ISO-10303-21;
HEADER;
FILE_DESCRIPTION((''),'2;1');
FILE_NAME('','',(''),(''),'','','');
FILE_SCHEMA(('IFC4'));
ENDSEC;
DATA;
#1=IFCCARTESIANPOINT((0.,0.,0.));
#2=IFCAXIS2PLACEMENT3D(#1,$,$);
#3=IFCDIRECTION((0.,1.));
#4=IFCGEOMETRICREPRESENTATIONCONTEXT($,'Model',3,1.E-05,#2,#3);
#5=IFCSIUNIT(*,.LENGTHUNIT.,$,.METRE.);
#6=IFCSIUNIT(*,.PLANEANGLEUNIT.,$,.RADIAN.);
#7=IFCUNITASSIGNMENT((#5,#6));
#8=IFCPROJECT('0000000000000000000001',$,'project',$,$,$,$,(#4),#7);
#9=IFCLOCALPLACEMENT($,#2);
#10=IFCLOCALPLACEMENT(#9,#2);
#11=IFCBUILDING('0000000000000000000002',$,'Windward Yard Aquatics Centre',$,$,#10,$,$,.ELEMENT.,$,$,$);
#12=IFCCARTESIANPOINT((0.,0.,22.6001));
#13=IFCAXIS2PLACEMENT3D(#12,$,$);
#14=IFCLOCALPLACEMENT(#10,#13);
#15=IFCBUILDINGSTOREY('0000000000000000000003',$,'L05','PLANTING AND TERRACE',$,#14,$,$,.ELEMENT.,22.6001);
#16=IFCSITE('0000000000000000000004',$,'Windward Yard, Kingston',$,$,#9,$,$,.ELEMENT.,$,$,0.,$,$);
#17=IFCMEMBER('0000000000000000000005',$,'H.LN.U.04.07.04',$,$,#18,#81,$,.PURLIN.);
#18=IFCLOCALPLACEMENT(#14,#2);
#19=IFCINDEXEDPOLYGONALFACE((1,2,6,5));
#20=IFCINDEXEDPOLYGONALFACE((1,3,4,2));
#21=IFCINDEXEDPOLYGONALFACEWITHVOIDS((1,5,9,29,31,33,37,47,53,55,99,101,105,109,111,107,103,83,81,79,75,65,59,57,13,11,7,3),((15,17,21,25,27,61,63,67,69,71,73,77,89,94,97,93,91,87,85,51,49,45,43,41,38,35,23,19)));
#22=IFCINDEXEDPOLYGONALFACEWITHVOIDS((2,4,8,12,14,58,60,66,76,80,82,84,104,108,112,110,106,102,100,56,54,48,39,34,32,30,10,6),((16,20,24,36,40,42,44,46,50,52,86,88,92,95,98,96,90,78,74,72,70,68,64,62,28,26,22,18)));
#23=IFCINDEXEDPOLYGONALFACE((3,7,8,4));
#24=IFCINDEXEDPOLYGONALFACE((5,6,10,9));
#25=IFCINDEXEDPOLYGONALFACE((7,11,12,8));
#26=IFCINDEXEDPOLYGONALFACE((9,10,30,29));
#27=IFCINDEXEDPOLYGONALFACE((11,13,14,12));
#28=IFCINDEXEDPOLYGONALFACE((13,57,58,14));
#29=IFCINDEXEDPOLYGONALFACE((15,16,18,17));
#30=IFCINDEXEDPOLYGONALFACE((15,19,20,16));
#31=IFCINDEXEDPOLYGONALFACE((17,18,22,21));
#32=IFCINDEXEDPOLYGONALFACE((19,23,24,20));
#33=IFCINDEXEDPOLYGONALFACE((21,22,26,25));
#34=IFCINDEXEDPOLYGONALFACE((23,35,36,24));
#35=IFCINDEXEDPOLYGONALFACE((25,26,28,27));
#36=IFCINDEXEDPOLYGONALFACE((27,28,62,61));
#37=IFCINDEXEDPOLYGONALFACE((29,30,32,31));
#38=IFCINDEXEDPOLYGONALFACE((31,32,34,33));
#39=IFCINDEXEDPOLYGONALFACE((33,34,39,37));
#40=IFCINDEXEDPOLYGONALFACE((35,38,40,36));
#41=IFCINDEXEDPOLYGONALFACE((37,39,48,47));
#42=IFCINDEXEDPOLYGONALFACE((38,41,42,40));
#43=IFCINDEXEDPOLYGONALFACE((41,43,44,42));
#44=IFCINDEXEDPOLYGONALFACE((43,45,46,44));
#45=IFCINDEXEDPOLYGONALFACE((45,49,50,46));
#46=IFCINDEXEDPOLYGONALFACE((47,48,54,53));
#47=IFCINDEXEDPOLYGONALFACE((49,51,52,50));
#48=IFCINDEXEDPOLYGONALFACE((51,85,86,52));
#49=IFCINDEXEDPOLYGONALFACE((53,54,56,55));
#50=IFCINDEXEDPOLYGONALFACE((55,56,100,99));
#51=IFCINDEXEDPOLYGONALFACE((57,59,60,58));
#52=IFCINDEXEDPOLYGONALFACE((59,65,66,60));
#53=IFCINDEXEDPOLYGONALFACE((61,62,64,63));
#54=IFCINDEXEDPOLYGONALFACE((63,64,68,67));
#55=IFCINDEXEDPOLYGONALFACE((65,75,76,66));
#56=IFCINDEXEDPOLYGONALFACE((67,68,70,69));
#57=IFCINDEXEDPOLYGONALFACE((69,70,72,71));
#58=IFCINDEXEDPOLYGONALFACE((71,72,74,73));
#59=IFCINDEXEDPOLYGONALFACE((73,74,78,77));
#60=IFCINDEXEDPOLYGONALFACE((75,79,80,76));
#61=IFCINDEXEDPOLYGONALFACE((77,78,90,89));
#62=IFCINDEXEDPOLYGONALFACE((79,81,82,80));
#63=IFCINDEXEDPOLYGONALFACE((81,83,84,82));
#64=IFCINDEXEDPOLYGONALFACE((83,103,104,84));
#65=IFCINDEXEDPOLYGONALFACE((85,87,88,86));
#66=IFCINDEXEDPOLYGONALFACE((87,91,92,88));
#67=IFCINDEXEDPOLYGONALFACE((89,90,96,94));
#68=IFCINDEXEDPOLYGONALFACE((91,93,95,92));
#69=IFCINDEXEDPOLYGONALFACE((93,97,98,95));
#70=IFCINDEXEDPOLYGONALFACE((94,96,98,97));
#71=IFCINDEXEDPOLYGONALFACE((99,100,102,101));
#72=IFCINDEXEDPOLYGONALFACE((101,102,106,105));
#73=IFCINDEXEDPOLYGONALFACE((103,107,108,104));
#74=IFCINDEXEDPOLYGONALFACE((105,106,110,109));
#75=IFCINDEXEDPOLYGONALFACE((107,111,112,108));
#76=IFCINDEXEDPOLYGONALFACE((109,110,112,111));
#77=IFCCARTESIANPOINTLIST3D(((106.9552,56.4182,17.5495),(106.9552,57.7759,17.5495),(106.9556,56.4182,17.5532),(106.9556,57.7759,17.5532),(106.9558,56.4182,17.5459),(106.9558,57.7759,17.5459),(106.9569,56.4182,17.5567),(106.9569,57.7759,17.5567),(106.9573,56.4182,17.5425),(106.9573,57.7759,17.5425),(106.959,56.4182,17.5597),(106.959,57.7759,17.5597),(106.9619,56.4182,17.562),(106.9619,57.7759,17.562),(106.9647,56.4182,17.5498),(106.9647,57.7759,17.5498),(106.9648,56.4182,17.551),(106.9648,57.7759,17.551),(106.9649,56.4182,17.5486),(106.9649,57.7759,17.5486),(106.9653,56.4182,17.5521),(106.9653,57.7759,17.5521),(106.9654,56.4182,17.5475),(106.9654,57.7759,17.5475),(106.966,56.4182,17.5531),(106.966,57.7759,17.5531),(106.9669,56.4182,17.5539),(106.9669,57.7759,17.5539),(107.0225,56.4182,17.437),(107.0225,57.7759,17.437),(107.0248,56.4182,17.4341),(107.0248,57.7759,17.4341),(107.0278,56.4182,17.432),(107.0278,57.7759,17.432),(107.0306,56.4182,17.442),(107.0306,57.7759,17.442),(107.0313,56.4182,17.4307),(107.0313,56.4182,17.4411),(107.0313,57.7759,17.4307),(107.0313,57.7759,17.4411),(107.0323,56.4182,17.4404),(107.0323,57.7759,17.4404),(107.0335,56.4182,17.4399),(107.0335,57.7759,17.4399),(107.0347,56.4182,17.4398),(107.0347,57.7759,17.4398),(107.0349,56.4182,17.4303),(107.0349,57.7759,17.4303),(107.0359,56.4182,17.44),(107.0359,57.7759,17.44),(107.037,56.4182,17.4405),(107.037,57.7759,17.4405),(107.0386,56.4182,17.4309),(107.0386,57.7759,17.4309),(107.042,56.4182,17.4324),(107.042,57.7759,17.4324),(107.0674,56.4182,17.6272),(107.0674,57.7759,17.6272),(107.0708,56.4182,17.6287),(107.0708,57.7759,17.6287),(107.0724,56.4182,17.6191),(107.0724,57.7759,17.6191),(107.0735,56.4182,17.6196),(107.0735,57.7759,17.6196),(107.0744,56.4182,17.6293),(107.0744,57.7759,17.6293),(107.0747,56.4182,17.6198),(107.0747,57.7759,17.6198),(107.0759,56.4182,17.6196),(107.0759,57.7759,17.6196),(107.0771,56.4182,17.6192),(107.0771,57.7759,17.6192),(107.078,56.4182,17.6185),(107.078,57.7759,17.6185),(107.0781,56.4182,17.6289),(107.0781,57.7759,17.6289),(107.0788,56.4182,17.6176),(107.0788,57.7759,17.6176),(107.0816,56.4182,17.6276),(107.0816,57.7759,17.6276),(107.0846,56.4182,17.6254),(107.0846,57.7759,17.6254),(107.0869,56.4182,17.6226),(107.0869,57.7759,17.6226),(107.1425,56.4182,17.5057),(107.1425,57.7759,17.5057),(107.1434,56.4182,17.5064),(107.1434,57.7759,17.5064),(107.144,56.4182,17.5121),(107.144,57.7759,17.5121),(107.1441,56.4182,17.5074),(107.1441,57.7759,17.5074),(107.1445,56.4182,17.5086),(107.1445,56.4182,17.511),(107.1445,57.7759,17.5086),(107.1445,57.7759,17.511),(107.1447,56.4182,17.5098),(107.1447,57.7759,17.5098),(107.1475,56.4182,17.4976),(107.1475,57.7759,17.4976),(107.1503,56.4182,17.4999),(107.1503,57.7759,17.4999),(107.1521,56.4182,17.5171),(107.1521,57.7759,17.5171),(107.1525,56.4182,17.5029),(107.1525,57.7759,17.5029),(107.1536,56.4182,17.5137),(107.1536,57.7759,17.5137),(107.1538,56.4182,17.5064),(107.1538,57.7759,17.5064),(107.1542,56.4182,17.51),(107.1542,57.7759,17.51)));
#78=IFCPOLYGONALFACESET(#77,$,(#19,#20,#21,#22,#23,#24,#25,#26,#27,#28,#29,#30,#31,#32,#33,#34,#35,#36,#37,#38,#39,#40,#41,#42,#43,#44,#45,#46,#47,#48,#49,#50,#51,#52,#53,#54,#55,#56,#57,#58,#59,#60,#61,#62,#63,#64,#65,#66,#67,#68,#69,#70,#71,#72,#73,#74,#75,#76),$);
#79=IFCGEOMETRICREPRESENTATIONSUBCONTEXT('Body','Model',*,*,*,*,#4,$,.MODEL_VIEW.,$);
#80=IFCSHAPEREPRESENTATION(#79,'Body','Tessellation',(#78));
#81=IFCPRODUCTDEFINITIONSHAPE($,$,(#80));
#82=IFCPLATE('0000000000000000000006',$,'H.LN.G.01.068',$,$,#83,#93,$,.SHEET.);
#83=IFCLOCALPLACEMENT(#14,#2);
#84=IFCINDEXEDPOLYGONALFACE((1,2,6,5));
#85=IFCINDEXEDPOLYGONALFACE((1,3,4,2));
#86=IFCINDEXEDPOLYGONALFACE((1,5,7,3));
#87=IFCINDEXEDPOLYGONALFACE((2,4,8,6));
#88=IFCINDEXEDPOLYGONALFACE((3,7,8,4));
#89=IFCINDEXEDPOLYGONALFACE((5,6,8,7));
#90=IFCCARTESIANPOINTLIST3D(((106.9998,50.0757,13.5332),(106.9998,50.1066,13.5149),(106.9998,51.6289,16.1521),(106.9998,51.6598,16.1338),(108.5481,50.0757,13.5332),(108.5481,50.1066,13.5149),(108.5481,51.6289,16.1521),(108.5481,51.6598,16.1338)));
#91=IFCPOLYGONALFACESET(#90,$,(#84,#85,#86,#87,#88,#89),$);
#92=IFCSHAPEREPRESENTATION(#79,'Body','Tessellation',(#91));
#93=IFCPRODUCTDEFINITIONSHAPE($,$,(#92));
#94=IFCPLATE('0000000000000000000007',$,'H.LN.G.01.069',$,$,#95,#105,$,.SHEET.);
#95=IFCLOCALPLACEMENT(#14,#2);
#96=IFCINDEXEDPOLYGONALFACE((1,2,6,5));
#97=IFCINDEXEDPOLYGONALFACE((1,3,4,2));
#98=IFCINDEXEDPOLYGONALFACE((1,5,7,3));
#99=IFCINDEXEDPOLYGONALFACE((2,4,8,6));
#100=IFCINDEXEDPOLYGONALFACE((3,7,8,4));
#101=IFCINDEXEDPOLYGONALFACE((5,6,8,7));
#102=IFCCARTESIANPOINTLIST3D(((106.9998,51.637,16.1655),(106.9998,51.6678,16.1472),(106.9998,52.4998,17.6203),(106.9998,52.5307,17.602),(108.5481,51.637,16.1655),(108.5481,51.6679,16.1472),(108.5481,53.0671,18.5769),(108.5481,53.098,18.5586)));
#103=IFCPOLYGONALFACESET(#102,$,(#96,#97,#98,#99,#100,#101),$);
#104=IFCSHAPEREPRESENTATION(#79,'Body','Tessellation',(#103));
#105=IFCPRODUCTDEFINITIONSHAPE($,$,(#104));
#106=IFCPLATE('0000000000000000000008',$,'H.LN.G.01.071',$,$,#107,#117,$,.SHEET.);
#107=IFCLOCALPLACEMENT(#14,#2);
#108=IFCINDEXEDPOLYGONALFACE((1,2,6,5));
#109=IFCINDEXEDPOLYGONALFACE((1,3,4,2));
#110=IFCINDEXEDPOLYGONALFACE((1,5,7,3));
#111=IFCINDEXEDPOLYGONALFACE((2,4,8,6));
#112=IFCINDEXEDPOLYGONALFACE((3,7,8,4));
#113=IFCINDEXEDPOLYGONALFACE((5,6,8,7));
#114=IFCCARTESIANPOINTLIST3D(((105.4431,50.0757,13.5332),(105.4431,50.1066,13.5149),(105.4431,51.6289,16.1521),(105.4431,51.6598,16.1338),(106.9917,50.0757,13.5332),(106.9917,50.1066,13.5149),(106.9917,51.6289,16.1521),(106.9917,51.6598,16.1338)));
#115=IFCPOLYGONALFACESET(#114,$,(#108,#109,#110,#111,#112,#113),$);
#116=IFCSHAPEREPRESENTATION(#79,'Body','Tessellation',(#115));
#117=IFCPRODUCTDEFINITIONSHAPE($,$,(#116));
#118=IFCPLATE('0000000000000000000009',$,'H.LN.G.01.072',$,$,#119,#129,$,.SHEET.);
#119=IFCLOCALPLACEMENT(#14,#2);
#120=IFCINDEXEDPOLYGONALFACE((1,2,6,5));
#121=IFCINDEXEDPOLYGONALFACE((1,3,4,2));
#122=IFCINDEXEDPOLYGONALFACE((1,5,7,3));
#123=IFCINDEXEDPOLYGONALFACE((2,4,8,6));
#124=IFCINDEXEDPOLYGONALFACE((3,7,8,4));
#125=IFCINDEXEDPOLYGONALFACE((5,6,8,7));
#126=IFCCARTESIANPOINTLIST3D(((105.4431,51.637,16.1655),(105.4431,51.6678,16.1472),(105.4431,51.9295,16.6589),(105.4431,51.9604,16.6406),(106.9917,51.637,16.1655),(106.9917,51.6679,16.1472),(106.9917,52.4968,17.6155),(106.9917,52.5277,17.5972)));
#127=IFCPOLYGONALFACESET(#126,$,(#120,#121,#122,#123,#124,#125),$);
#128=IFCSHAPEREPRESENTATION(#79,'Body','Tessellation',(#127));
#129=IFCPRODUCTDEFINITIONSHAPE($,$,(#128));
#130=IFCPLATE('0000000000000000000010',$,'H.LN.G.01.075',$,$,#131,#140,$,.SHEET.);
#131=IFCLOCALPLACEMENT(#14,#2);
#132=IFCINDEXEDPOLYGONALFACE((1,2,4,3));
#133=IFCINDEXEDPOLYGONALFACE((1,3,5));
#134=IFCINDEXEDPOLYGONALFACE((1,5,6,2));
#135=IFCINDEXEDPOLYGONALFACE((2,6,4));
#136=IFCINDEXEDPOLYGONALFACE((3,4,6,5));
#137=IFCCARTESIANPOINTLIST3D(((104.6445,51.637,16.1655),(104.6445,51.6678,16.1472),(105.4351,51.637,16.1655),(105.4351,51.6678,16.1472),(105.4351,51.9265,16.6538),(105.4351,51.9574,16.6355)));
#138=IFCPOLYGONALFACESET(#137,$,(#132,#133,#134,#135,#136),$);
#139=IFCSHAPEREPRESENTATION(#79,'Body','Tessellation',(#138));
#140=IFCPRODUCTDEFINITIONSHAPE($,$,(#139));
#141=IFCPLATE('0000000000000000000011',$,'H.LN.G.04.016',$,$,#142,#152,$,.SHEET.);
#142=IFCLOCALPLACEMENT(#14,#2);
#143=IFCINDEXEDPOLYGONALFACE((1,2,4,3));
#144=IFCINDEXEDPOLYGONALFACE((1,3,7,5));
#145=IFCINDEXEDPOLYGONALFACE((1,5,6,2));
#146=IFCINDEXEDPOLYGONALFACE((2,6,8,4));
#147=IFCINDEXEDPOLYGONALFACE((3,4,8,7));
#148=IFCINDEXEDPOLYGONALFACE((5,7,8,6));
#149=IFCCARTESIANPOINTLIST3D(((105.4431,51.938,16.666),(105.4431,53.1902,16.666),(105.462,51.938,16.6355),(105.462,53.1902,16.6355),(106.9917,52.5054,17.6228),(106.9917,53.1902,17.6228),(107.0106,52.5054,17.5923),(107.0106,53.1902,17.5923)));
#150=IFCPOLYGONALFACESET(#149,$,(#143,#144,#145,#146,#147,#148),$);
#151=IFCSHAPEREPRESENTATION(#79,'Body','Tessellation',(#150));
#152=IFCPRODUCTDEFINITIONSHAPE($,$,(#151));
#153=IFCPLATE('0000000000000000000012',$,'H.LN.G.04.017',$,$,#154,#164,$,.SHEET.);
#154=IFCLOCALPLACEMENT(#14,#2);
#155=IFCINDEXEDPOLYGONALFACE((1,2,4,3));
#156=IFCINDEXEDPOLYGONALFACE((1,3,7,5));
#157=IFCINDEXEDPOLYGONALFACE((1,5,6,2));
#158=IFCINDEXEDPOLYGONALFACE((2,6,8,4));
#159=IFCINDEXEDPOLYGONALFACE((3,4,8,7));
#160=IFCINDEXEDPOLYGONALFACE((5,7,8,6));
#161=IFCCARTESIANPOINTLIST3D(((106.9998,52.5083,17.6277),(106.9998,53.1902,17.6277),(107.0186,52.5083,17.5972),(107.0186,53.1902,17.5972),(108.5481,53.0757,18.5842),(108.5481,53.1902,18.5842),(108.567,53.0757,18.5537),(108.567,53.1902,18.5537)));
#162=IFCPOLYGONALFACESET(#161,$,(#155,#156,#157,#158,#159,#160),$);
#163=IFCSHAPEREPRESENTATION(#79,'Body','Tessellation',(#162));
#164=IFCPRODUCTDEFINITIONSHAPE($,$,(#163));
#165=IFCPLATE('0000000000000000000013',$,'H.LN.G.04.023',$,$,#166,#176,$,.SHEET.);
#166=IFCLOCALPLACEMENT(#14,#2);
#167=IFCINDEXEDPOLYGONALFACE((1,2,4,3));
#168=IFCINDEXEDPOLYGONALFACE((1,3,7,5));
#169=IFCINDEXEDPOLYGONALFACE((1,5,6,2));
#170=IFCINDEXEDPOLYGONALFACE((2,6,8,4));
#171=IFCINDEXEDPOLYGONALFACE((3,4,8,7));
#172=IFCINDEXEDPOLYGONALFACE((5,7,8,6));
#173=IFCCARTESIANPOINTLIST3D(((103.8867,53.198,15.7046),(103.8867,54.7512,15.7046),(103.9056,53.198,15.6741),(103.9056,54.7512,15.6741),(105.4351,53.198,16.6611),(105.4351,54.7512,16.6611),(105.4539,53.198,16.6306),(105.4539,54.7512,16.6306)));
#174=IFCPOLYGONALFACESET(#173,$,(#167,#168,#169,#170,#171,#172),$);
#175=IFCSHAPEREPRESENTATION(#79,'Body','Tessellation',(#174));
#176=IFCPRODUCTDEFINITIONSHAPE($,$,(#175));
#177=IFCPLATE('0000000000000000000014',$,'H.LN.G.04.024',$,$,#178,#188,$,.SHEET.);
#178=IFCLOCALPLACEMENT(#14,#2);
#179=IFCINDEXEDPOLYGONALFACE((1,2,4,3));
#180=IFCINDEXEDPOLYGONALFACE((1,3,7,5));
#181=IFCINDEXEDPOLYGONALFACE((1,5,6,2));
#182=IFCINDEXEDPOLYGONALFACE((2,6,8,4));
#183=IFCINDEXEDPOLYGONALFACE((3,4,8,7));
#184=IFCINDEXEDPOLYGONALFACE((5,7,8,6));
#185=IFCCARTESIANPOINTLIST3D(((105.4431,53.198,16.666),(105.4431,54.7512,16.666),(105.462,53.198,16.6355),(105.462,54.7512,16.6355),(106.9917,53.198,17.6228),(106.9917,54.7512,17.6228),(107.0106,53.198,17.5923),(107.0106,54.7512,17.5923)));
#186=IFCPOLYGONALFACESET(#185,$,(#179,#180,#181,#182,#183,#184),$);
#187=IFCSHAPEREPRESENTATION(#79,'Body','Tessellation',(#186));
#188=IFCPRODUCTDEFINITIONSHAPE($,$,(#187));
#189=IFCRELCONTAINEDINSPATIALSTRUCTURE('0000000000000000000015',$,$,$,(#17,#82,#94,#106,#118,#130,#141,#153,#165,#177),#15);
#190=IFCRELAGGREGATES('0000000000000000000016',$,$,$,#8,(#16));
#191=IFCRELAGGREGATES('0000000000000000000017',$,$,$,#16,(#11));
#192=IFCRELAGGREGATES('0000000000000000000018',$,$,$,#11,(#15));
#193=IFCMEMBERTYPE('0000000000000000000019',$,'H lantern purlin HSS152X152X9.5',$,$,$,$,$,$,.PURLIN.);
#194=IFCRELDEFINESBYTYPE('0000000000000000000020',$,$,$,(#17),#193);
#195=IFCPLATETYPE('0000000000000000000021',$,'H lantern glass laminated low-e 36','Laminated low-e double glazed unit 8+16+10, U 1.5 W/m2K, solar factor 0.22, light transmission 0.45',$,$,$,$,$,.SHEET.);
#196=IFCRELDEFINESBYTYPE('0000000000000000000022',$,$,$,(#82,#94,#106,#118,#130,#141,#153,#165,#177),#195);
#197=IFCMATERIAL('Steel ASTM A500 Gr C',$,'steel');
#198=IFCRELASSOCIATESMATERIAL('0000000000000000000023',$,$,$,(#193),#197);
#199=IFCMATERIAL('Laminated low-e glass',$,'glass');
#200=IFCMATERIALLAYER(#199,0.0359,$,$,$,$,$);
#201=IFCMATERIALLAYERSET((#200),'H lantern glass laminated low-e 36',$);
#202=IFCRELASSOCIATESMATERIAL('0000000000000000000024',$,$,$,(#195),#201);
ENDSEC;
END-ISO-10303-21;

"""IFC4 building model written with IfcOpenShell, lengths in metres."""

from ifc_helpers import new_model, si_unit, direction, frame, origin, origin_2d, place, context, subcontext, project, spatial, polyline, hollow_rectangle, outline, extrude, material, layer, layer_set, material_profile, profile_set, type_object, element, save


model = new_model("IFC4")

# Units and contexts
model_context = context("Model", 3, precision=1e-05, world=origin(), true_north=direction((0.0, 1.0)))
body_context = subcontext(model_context, "Body", "Model", "MODEL_VIEW")
ifc_project = project(units=[si_unit("LENGTHUNIT", "METRE"), si_unit("PLANEANGLEUNIT", "RADIAN")], contexts=[model_context])

# Site, building, storey
site_placement = place(None, origin())
site = spatial("IfcSite", under=ifc_project, at=site_placement, Name="Windward Yard, Kingston", CompositionType="ELEMENT", RefElevation=0.0)
building_placement = place(site_placement, origin())
building = spatial("IfcBuilding", under=site, at=building_placement, Name="Windward Yard Aquatics Centre", CompositionType="ELEMENT")
storey_placement = place(building_placement, frame((0.0, 0.0, 22.6001)))
storey = spatial("IfcBuildingStorey", under=building, at=storey_placement, Name="L05", Description="PLANTING AND TERRACE", CompositionType="ELEMENT", Elevation=22.6001)

# Member
ifc_material_1 = material(Name="Steel ASTM A500 Gr C", Category="steel")
ifc_material_profile = material_profile(ifc_material_1, hollow_rectangle(XDim=0.1523, YDim=0.1523, WallThickness=0.0095, InnerFilletRadius=0.0046, OuterFilletRadius=0.0142, at=origin_2d()), Name="HSS152X152X9.5")
ifc_profile_set = profile_set([ifc_material_profile], Name="Steel ASTM A500 Gr C")
member_type = type_object("IfcMemberType", Name="H lantern purlin HSS152X152X9.5", PredefinedType="PURLIN", material=ifc_profile_set)
member_1_placement = place(storey_placement, frame((107.0547, 56.4182, 17.5298), z_axis=(0.0, 1.0, 0.0), x_axis=(-0.850755, 0.0, -0.525562)))
element("IfcMember", 1, at=member_1_placement, inside=storey, type_object=member_type, Name="H.LN.U.04.07.04", PredefinedType="PURLIN", context=body_context, shape_type="SweptSolid", body=[
    extrude(hollow_rectangle(XDim=0.1523, YDim=0.1523, WallThickness=0.0095, InnerFilletRadius=0.0046, OuterFilletRadius=0.0142, at=origin_2d()), origin(), (0.0, 0.0, 1.0), 1.3577),
])

# Plates
ifc_material_2 = material(Name="Laminated low-e glass", Category="glass")
ifc_layer = layer(ifc_material_2, 0.0359)
ifc_layer_set = layer_set([ifc_layer], Name="H lantern glass laminated low-e 36")
plate_type = type_object("IfcPlateType", Name="H lantern glass laminated low-e 36", Description="Laminated low-e double glazed unit 8+16+10, U 1.5 W/m2K, solar factor 0.22, light transmission 0.45", PredefinedType="SHEET", material=ifc_layer_set)
plate_1_placement = place(storey_placement, frame((106.9998, 50.0757, 13.5332), z_axis=(0.0, -0.860107, 0.510114), x_axis=(0.0, 0.510114, 0.860107)))
element("IfcPlate", 2, at=plate_1_placement, inside=storey, type_object=plate_type, Name="H.LN.G.01.068", PredefinedType="SHEET", context=body_context, shape_type="SweptSolid", body=[
    extrude(outline(polyline([(0.0, 0.0), (3.0449, 0.0), (3.0449, -1.5483), (0.0, -1.5483), (0.0, 0.0)])), origin(), (0.0, 0.0, -1.0), 0.0359),
])
plate_2_placement = place(storey_placement, frame((106.9998, 51.637, 16.1655), z_axis=(0.000021, -0.860108, 0.510112), x_axis=(0.0, 0.510112, 0.860108)))
element("IfcPlate", 3, at=plate_2_placement, inside=storey, type_object=plate_type, Name="H.LN.G.01.069", PredefinedType="SHEET", context=body_context, shape_type="SweptSolid", body=[
    extrude(outline(polyline([(0.0, 0.0), (1.6914, 0.0), (2.8036, -1.5483), (0.0, -1.5483), (0.0, 0.0)])), origin(), (0.0, 0.0, -1.0), 0.0359),
])
plate_3_placement = place(storey_placement, frame((105.4431, 50.0757, 13.5332), z_axis=(0.0, -0.860107, 0.510114), x_axis=(0.0, 0.510114, 0.860107)))
element("IfcPlate", 4, at=plate_3_placement, inside=storey, type_object=plate_type, Name="H.LN.G.01.071", PredefinedType="SHEET", context=body_context, shape_type="SweptSolid", body=[
    extrude(outline(polyline([(0.0, 0.0), (3.0449, 0.0), (3.0449, -1.5486), (0.0, -1.5486), (0.0, 0.0)])), origin(), (0.0, 0.0, -1.0), 0.0359),
])
plate_4_placement = place(storey_placement, frame((105.4431, 51.637, 16.1655), z_axis=(0.000052, -0.860151, 0.510039), x_axis=(0.0, 0.510039, 0.860151)))
element("IfcPlate", 5, at=plate_4_placement, inside=storey, type_object=plate_type, Name="H.LN.G.01.072", PredefinedType="SHEET", context=body_context, shape_type="SweptSolid", body=[
    extrude(outline(polyline([(0.0, 0.0), (0.5736, 0.0), (1.6857, -1.5486), (0.0, -1.5486), (0.0, 0.0)])), origin(), (0.0, 0.0, -1.0), 0.0359),
])
plate_5_placement = place(storey_placement, frame((104.6445, 51.637, 16.1655), z_axis=(0.0, -0.860138, 0.510062), x_axis=(0.812265, 0.297513, 0.501708)))
element("IfcPlate", 6, at=plate_5_placement, inside=storey, type_object=plate_type, Name="H.LN.G.01.075", PredefinedType="SHEET", context=body_context, shape_type="SweptSolid", body=[
    extrude(outline(polyline([(0.0, 0.0), (0.9732, 0.0), (0.6421, -0.4611), (0.0, 0.0)])), origin(), (0.0, 0.0, -1.0), 0.0359),
])
plate_6_placement = place(storey_placement, frame((105.4431, 51.938, 16.666), z_axis=(-0.525616, 0.0, 0.850722), x_axis=(0.0, 1.0, 0.0)))
element("IfcPlate", 7, at=plate_6_placement, inside=storey, type_object=plate_type, Name="H.LN.G.04.016", PredefinedType="SHEET", context=body_context, shape_type="SweptSolid", body=[
    extrude(outline(polyline([(0.0, 0.0), (1.2522, 0.0), (1.2522, -1.8203), (0.5674, -1.8203), (0.0, 0.0)])), origin(), (0.0, 0.0, -1.0), 0.0359),
])
plate_7_placement = place(storey_placement, frame((106.9998, 52.5083, 17.6277), z_axis=(-0.525579, 0.0, 0.850745), x_axis=(0.0, 1.0, 0.0)))
element("IfcPlate", 8, at=plate_7_placement, inside=storey, type_object=plate_type, Name="H.LN.G.04.017", PredefinedType="SHEET", context=body_context, shape_type="SweptSolid", body=[
    extrude(outline(polyline([(0.0, 0.0), (0.6819, 0.0), (0.6819, -1.82), (0.5674, -1.82), (0.0, 0.0)])), origin(), (0.0, 0.0, -1.0), 0.0359),
])
plate_8_placement = place(storey_placement, frame((103.8867, 53.198, 15.7046), z_axis=(-0.525579, 0.0, 0.850745), x_axis=(0.0, 1.0, 0.0)))
element("IfcPlate", 9, at=plate_8_placement, inside=storey, type_object=plate_type, Name="H.LN.G.04.023", PredefinedType="SHEET", context=body_context, shape_type="SweptSolid", body=[
    extrude(outline(polyline([(0.0, 0.0), (1.5532, 0.0), (1.5532, -1.82), (0.0, -1.82), (0.0, 0.0)])), origin(), (0.0, 0.0, -1.0), 0.0359),
])
plate_9_placement = place(storey_placement, frame((105.4431, 53.198, 16.666), z_axis=(-0.525616, 0.0, 0.850722), x_axis=(0.0, 1.0, 0.0)))
element("IfcPlate", 10, at=plate_9_placement, inside=storey, type_object=plate_type, Name="H.LN.G.04.024", PredefinedType="SHEET", context=body_context, shape_type="SweptSolid", body=[
    extrude(outline(polyline([(0.0, 0.0), (1.5532, 0.0), (1.5532, -1.8203), (0.0, -1.8203), (0.0, 0.0)])), origin(), (0.0, 0.0, -1.0), 0.0359),
])

save(model, "model.ifc")
